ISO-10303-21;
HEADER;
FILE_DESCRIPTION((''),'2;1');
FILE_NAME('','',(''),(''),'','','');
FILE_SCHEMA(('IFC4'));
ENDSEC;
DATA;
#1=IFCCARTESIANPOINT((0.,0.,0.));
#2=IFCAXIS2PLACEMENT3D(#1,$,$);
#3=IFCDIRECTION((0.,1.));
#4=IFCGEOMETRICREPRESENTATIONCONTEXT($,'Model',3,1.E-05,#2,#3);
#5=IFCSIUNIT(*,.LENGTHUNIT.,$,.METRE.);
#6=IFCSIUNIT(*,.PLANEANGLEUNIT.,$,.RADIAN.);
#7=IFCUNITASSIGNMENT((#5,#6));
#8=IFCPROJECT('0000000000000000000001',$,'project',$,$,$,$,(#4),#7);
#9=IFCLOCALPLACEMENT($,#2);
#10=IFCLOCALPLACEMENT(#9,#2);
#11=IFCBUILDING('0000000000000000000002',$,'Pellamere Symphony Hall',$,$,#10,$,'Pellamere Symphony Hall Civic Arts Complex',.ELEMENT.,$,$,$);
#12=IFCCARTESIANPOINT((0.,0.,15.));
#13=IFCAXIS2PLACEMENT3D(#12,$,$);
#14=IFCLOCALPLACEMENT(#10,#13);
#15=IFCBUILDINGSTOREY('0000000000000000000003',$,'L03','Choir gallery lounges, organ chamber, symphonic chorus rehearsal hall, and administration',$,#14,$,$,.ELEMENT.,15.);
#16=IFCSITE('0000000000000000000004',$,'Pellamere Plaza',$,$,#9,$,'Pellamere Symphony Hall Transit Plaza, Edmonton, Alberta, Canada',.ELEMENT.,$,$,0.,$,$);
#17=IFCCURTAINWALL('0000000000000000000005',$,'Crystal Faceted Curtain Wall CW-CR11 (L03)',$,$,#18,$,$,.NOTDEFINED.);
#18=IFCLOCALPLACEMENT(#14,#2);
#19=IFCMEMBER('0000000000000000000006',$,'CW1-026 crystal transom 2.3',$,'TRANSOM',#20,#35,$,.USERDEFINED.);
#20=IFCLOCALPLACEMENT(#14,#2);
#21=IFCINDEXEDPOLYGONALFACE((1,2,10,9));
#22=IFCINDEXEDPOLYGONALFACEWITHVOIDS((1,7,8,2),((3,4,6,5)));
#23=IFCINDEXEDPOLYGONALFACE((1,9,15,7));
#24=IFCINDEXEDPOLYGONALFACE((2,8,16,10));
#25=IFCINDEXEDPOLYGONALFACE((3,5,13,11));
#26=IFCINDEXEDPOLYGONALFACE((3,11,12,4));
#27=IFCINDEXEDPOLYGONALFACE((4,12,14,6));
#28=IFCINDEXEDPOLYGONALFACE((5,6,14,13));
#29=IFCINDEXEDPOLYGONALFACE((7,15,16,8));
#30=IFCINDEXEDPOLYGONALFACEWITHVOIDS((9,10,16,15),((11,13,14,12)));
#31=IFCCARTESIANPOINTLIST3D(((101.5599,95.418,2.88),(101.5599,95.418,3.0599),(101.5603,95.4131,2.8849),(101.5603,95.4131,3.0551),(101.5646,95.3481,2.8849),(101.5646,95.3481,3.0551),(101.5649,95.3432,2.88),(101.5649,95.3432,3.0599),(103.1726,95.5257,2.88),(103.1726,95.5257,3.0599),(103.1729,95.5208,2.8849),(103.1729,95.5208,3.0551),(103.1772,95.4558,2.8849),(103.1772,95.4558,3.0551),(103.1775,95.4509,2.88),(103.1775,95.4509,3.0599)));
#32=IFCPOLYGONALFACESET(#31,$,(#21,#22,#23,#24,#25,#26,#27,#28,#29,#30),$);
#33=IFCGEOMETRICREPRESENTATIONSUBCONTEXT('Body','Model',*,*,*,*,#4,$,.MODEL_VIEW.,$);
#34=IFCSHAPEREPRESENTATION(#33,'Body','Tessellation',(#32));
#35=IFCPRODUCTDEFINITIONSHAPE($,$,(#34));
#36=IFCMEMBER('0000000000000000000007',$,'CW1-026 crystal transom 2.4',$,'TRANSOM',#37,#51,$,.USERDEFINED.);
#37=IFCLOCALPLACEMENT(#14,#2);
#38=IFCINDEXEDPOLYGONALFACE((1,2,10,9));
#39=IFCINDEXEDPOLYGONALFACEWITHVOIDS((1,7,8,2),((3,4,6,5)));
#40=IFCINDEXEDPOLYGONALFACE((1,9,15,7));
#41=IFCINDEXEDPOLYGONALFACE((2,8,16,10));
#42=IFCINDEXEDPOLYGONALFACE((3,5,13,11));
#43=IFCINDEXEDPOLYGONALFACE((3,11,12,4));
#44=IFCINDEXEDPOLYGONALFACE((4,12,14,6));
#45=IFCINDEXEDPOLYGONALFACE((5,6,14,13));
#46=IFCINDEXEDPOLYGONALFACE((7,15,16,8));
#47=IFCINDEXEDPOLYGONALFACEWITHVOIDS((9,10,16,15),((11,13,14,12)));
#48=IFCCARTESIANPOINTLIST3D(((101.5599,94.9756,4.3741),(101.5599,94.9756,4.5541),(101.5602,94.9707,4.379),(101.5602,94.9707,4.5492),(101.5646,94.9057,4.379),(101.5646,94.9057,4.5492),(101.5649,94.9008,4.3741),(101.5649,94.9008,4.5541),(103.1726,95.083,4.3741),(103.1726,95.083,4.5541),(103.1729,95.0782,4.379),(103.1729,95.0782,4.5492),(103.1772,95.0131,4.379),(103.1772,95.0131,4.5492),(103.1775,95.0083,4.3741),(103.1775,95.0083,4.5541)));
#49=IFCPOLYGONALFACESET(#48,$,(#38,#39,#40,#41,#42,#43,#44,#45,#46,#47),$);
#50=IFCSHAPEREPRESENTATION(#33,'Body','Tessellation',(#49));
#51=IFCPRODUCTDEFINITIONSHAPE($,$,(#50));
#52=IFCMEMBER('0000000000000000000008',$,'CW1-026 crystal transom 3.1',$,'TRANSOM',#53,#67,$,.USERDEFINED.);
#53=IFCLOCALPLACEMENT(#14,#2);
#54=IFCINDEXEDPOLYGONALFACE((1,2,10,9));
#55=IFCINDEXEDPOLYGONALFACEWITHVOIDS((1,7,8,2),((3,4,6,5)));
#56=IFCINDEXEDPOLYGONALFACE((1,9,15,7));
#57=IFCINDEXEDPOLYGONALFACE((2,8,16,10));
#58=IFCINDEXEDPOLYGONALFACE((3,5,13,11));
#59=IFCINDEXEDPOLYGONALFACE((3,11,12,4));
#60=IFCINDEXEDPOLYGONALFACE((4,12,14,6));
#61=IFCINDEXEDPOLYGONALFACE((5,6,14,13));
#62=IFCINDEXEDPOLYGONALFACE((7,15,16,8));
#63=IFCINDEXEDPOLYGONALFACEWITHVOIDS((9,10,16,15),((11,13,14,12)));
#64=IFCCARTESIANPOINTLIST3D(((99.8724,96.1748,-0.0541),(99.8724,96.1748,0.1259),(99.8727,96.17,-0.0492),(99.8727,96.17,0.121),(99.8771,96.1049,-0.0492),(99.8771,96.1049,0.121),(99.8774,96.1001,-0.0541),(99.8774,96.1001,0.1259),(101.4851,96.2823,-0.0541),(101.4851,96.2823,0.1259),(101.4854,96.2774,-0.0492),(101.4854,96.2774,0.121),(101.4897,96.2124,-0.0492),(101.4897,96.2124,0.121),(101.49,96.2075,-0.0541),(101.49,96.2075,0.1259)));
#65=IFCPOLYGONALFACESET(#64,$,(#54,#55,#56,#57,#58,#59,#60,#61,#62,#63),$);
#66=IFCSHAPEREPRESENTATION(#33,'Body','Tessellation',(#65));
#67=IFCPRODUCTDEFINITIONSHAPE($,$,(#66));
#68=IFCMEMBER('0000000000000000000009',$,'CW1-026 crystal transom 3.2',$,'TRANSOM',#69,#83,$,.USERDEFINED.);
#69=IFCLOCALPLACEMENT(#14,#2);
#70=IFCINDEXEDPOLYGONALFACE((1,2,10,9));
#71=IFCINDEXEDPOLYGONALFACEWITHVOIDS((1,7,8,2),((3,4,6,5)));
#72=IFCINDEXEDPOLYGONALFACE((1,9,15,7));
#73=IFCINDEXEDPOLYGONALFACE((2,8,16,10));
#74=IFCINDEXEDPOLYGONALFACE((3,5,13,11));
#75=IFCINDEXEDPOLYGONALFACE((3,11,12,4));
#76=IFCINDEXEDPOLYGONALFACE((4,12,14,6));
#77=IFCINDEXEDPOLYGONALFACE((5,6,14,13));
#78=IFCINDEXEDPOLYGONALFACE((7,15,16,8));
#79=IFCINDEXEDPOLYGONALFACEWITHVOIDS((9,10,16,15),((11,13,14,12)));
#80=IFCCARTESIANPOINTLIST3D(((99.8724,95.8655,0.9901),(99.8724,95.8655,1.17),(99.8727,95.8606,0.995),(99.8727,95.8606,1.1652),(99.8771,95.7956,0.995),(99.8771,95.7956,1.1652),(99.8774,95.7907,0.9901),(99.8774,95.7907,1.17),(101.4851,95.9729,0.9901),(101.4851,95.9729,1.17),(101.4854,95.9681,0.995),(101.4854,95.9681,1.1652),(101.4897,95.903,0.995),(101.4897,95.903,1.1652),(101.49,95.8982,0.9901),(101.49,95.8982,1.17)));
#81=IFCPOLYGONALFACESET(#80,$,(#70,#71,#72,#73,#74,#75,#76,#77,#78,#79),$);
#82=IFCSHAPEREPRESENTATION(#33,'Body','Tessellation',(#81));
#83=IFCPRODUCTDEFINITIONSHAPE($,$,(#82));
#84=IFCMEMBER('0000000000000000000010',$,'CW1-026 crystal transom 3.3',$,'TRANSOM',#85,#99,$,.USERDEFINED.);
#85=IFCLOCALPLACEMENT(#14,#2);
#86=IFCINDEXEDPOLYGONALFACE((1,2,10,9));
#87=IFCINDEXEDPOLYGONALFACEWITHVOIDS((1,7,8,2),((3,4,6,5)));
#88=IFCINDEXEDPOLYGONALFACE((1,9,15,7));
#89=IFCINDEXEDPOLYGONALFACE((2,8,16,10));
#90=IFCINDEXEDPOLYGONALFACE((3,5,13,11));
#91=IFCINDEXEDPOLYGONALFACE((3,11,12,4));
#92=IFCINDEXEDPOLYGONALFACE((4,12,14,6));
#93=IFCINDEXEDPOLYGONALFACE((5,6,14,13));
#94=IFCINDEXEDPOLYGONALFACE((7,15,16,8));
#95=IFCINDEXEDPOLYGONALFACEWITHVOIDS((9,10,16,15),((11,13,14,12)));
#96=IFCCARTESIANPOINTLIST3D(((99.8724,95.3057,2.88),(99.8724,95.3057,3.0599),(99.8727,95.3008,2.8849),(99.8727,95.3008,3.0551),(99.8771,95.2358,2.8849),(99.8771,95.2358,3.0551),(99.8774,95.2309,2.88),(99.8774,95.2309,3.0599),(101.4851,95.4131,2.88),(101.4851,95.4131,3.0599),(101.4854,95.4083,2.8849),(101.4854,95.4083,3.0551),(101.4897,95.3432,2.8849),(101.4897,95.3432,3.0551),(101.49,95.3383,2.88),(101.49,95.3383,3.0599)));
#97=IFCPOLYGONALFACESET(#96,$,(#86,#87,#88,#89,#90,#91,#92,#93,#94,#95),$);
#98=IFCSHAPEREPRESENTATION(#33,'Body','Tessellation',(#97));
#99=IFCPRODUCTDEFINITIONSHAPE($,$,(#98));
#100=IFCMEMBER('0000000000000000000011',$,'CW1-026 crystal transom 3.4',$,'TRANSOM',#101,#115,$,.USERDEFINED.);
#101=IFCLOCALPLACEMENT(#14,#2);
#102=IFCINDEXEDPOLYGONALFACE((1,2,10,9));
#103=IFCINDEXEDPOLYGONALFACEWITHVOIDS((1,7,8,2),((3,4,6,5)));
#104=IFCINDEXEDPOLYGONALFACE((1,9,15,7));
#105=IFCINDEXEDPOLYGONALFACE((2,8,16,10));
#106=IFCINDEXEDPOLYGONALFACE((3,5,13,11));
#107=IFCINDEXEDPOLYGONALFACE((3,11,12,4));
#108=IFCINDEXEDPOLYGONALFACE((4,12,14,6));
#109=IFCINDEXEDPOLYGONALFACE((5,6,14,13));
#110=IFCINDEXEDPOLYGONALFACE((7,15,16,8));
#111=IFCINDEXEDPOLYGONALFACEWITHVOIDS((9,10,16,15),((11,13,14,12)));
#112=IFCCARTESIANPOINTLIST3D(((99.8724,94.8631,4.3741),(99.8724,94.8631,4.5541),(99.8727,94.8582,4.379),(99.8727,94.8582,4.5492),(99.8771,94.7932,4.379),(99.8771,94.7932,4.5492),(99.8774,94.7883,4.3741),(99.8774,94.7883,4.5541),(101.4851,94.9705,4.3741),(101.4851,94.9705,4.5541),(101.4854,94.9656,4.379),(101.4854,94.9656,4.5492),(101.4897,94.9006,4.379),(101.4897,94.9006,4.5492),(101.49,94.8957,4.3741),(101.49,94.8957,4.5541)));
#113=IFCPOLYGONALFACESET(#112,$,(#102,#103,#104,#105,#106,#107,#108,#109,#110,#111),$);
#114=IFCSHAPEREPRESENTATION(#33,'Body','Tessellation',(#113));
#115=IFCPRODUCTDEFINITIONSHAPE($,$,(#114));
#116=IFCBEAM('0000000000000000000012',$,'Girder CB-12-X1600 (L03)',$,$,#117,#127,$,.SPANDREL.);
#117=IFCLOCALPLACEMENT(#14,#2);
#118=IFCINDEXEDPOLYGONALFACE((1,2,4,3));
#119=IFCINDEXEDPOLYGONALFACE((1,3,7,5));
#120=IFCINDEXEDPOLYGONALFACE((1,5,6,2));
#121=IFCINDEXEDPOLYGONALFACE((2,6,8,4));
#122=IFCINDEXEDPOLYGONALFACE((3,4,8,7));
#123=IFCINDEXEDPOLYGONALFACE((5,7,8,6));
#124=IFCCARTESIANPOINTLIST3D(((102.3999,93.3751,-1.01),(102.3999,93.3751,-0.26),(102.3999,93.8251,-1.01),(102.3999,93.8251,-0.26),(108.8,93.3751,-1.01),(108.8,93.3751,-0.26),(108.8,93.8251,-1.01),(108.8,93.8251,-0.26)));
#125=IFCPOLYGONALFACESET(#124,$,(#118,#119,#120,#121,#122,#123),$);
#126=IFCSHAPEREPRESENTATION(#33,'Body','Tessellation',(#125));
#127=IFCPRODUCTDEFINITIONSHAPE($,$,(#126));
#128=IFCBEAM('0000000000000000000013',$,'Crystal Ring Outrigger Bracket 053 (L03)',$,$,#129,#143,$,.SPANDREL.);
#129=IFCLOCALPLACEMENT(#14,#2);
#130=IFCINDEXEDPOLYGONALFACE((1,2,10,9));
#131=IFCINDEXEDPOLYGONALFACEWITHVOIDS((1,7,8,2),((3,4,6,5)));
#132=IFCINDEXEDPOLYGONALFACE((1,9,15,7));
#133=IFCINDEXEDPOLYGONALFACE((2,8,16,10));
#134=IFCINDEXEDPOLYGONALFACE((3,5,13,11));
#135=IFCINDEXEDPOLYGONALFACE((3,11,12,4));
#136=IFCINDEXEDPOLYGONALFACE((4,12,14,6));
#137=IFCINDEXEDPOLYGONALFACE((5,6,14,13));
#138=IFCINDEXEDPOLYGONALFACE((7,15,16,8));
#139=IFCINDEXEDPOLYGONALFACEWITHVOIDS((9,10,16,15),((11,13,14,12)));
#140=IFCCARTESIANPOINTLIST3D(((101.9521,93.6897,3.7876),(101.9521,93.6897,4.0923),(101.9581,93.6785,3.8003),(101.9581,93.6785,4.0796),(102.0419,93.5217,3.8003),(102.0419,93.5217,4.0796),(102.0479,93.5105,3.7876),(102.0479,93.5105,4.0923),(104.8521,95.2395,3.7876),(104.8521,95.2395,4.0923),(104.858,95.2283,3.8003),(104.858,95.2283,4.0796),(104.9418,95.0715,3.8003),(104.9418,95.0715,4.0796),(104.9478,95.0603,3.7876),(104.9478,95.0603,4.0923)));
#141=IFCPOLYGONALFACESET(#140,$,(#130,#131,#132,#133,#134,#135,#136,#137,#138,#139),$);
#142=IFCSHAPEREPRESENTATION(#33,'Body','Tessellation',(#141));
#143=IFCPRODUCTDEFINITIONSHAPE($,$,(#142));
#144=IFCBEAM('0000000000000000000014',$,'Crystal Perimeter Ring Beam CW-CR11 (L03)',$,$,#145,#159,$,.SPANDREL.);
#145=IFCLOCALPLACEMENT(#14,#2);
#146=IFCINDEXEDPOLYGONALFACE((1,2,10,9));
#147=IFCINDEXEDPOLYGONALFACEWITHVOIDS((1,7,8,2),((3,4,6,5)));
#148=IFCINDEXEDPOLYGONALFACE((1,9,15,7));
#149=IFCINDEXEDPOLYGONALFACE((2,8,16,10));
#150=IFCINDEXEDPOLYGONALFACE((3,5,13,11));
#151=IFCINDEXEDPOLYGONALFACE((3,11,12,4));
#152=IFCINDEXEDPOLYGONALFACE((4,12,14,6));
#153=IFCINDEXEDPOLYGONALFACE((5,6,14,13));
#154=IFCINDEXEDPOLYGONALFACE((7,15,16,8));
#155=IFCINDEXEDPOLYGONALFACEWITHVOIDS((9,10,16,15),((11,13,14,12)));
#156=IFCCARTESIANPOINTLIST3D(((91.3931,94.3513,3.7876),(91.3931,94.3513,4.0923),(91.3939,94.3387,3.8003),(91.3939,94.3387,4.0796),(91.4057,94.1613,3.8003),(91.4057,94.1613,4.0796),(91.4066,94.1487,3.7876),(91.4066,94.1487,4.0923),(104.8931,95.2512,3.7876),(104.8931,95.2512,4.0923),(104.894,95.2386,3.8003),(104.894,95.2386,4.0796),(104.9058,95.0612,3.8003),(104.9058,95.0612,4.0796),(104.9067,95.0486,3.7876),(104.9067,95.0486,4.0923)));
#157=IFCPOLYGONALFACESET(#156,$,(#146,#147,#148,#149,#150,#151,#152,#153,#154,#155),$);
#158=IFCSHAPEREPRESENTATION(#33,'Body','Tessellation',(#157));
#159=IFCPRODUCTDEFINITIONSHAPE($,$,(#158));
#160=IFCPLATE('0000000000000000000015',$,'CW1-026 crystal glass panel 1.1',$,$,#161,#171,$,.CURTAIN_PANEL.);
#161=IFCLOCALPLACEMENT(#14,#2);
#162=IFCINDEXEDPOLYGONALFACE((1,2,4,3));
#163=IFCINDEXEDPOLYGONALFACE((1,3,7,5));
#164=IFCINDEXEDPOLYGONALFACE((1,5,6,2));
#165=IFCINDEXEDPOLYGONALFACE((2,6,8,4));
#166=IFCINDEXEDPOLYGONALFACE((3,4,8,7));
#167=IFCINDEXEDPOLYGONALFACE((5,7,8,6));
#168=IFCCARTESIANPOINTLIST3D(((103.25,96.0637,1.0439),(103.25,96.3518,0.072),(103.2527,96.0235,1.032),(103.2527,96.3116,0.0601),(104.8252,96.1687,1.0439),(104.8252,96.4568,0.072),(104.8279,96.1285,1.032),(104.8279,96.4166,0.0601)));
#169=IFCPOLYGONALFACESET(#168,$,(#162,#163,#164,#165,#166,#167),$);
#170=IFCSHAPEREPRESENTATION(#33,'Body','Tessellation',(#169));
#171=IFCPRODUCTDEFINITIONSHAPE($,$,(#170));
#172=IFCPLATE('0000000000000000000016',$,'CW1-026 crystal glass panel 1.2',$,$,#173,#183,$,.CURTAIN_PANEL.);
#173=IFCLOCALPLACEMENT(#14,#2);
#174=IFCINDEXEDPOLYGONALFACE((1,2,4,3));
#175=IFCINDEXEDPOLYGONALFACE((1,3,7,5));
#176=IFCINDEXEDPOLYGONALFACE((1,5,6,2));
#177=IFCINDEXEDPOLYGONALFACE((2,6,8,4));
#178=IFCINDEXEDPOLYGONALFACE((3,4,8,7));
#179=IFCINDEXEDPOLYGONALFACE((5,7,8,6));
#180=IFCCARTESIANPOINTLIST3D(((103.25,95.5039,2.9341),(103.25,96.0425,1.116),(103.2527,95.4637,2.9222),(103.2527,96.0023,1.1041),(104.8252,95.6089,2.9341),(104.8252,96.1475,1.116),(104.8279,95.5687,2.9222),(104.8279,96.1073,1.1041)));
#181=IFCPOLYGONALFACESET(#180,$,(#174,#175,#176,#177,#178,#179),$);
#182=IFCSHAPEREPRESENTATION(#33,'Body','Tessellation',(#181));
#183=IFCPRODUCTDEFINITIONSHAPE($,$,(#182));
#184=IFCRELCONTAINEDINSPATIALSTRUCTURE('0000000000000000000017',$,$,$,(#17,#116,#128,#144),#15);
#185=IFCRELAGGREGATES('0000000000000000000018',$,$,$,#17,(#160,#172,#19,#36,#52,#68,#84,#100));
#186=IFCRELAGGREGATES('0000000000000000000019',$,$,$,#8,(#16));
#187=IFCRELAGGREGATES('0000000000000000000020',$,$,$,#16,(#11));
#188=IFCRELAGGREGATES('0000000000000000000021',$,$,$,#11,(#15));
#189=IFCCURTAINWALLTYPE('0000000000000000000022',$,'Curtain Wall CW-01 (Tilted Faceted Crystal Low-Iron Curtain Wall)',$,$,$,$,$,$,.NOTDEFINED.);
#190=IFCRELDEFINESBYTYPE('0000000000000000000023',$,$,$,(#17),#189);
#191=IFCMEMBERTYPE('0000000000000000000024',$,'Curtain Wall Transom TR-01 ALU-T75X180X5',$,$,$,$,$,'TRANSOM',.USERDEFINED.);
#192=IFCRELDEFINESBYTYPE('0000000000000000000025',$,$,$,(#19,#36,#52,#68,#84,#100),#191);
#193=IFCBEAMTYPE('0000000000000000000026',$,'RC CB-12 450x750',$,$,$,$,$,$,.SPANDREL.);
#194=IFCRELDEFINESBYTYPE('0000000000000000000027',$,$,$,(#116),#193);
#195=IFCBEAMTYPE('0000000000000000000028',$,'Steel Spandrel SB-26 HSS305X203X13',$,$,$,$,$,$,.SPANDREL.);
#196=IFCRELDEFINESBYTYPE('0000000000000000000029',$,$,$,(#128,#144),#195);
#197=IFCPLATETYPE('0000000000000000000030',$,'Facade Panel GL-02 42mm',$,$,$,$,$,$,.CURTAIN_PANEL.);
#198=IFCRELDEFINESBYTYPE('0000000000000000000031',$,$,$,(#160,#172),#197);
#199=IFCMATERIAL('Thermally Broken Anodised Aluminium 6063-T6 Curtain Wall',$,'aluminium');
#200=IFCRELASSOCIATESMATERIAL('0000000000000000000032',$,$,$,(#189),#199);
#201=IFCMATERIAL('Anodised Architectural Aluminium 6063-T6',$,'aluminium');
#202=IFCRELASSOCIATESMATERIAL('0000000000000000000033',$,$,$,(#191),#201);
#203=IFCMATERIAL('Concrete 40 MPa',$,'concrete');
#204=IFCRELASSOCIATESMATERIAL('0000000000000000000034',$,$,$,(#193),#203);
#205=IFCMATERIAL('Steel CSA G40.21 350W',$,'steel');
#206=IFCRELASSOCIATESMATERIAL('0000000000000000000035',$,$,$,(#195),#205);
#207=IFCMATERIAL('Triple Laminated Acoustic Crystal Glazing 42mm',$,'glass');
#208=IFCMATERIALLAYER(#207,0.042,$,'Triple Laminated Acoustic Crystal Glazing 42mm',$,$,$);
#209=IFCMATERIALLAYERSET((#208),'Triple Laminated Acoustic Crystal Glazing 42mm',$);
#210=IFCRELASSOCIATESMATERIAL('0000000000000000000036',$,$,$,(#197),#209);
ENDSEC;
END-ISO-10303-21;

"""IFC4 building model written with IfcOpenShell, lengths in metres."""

from ifc_helpers import new_model, si_unit, direction, frame, origin, origin_2d, place, context, subcontext, project, spatial, polyline, rectangle, hollow_rectangle, outline, extrude, material, layer, layer_set, material_profile, profile_set, type_object, element, aggregate, save


model = new_model("IFC4")

# Units and contexts
model_context = context("Model", 3, precision=1e-05, world=origin(), true_north=direction((0.0, 1.0)))
body_context = subcontext(model_context, "Body", "Model", "MODEL_VIEW")
ifc_project = project(units=[si_unit("LENGTHUNIT", "METRE"), si_unit("PLANEANGLEUNIT", "RADIAN")], contexts=[model_context])

# Site, building, storey
site_placement = place(None, origin())
site = spatial("IfcSite", under=ifc_project, at=site_placement, Name="Pellamere Plaza", LongName="Pellamere Symphony Hall Transit Plaza, Edmonton, Alberta, Canada", CompositionType="ELEMENT", RefElevation=0.0)
building_placement = place(site_placement, origin())
building = spatial("IfcBuilding", under=site, at=building_placement, Name="Pellamere Symphony Hall", LongName="Pellamere Symphony Hall Civic Arts Complex", CompositionType="ELEMENT")
storey_placement = place(building_placement, frame((0.0, 0.0, 15.0)))
storey = spatial("IfcBuildingStorey", under=building, at=storey_placement, Name="L03", Description="Choir gallery lounges, organ chamber, symphonic chorus rehearsal hall, and administration", CompositionType="ELEMENT", Elevation=15.0)

# Shared definitions
ifc_material_1 = material(Name="Concrete 40 MPa", Category="concrete")

# Curtain wall, members
ifc_material_2 = material(Name="Thermally Broken Anodised Aluminium 6063-T6 Curtain Wall", Category="aluminium")
curtain_wall_type = type_object("IfcCurtainWallType", Name="Curtain Wall CW-01 (Tilted Faceted Crystal Low-Iron Curtain Wall)", PredefinedType="NOTDEFINED", material=ifc_material_2)
curtain_wall_placement = place(storey_placement, origin())
curtain_wall = element("IfcCurtainWall", 1, at=curtain_wall_placement, inside=storey, type_object=curtain_wall_type, Name="Crystal Faceted Curtain Wall CW-CR11 (L03)", PredefinedType="NOTDEFINED")
ifc_material_3 = material(Name="Anodised Architectural Aluminium 6063-T6", Category="aluminium")
ifc_material_profile_1 = material_profile(ifc_material_3, hollow_rectangle(XDim=0.075, YDim=0.1799, WallThickness=0.0049, at=origin_2d()), Name="ALU-T75X180X5")
ifc_profile_set_1 = profile_set([ifc_material_profile_1], Name="Anodised Architectural Aluminium 6063-T6")
member_type_1 = type_object("IfcMemberType", Name="Curtain Wall Transom TR-01 ALU-T75X180X5", ElementType="TRANSOM", PredefinedType="USERDEFINED", material=ifc_profile_set_1)
member_1_placement = place(storey_placement, frame((103.175, 95.4883, 2.97), z_axis=(-0.997778, -0.066619, 0.0), x_axis=(0.066619, -0.997778, 0.0)))
member_1 = element("IfcMember", 2, at=member_1_placement, type_object=member_type_1, Name="CW1-026 crystal transom 2.3", ObjectType="TRANSOM", PredefinedType="USERDEFINED", context=body_context, shape_type="SweptSolid", body=[
    extrude(hollow_rectangle(XDim=0.075, YDim=0.1799, WallThickness=0.0049, at=origin_2d()), origin(), (0.0, 0.0, 1.0), 1.6162),
])
member_2_placement = place(storey_placement, frame((103.175, 95.0457, 4.4641), z_axis=(-0.997788, -0.066469, 0.0), x_axis=(0.066469, -0.997788, 0.0)))
member_2 = element("IfcMember", 3, at=member_2_placement, type_object=member_type_1, Name="CW1-026 crystal transom 2.4", ObjectType="TRANSOM", PredefinedType="USERDEFINED", context=body_context, shape_type="SweptSolid", body=[
    extrude(hollow_rectangle(XDim=0.075, YDim=0.1799, WallThickness=0.0049, at=origin_2d()), origin(), (0.0, 0.0, 1.0), 1.6162),
])
member_3_placement = place(storey_placement, frame((101.4875, 96.2449, 0.0359), z_axis=(-0.997788, -0.066469, 0.0), x_axis=(0.066469, -0.997788, 0.0)))
member_3 = element("IfcMember", 4, at=member_3_placement, type_object=member_type_1, Name="CW1-026 crystal transom 3.1", ObjectType="TRANSOM", PredefinedType="USERDEFINED", context=body_context, shape_type="SweptSolid", body=[
    extrude(hollow_rectangle(XDim=0.075, YDim=0.1799, WallThickness=0.0049, at=origin_2d()), origin(), (0.0, 0.0, 1.0), 1.6162),
])
member_4_placement = place(storey_placement, frame((101.4875, 95.9355, 1.0801), z_axis=(-0.997788, -0.066469, 0.0), x_axis=(0.066469, -0.997788, 0.0)))
member_4 = element("IfcMember", 5, at=member_4_placement, type_object=member_type_1, Name="CW1-026 crystal transom 3.2", ObjectType="TRANSOM", PredefinedType="USERDEFINED", context=body_context, shape_type="SweptSolid", body=[
    extrude(hollow_rectangle(XDim=0.075, YDim=0.1799, WallThickness=0.0049, at=origin_2d()), origin(), (0.0, 0.0, 1.0), 1.6162),
])
member_5_placement = place(storey_placement, frame((101.4875, 95.3757, 2.97), z_axis=(-0.997788, -0.066469, 0.0), x_axis=(0.066469, -0.997788, 0.0)))
member_5 = element("IfcMember", 6, at=member_5_placement, type_object=member_type_1, Name="CW1-026 crystal transom 3.3", ObjectType="TRANSOM", PredefinedType="USERDEFINED", context=body_context, shape_type="SweptSolid", body=[
    extrude(hollow_rectangle(XDim=0.075, YDim=0.1799, WallThickness=0.0049, at=origin_2d()), origin(), (0.0, 0.0, 1.0), 1.6162),
])
member_6_placement = place(storey_placement, frame((101.4875, 94.9331, 4.4641), z_axis=(-0.997788, -0.066469, 0.0), x_axis=(0.066469, -0.997788, 0.0)))
member_6 = element("IfcMember", 7, at=member_6_placement, type_object=member_type_1, Name="CW1-026 crystal transom 3.4", ObjectType="TRANSOM", PredefinedType="USERDEFINED", context=body_context, shape_type="SweptSolid", body=[
    extrude(hollow_rectangle(XDim=0.075, YDim=0.1799, WallThickness=0.0049, at=origin_2d()), origin(), (0.0, 0.0, 1.0), 1.6162),
])

# Beams
ifc_material_profile_2 = material_profile(ifc_material_1, rectangle(XDim=0.45, YDim=0.75, at=origin_2d()), Name="RC 450x750")
ifc_profile_set_2 = profile_set([ifc_material_profile_2], Name="Concrete 40 MPa")
beam_type_1 = type_object("IfcBeamType", Name="RC CB-12 450x750", PredefinedType="SPANDREL", material=ifc_profile_set_2)
beam_1_placement = place(storey_placement, frame((102.3999, 93.6001, -0.635), z_axis=(1.0, 0.0, 0.0), x_axis=(0.0, 1.0, 0.0)))
element("IfcBeam", 8, at=beam_1_placement, inside=storey, type_object=beam_type_1, Name="Girder CB-12-X1600 (L03)", PredefinedType="SPANDREL", context=body_context, shape_type="SweptSolid", body=[
    extrude(rectangle(XDim=0.45, YDim=0.75, at=origin_2d()), origin(), (0.0, 0.0, 1.0), 6.4001),
])
ifc_material_4 = material(Name="Steel CSA G40.21 350W", Category="steel")
ifc_material_profile_3 = material_profile(ifc_material_4, hollow_rectangle(XDim=0.2031, YDim=0.3047, WallThickness=0.0127, at=origin_2d()), Name="HSS305X203X13")
ifc_profile_set_3 = profile_set([ifc_material_profile_3], Name="Steel CSA G40.21 350W")
beam_type_2 = type_object("IfcBeamType", Name="Steel Spandrel SB-26 HSS305X203X13", PredefinedType="SPANDREL", material=ifc_profile_set_3)
beam_2_placement = place(storey_placement, frame((102.0, 93.6001, 3.9399), z_axis=(0.88195, 0.471343, 0.0), x_axis=(-0.471343, 0.88195, 0.0)))
element("IfcBeam", 9, at=beam_2_placement, inside=storey, type_object=beam_type_2, Name="Crystal Ring Outrigger Bracket 053 (L03)", PredefinedType="SPANDREL", context=body_context, shape_type="SweptSolid", body=[
    extrude(hollow_rectangle(XDim=0.2031, YDim=0.3047, WallThickness=0.0127, at=origin_2d()), origin(), (0.0, 0.0, 1.0), 3.2881),
])
beam_3_placement = place(storey_placement, frame((104.8999, 95.1499, 3.9399), z_axis=(-0.997786, -0.066512, 0.0), x_axis=(0.066512, -0.997786, 0.0)))
element("IfcBeam", 10, at=beam_3_placement, inside=storey, type_object=beam_type_2, Name="Crystal Perimeter Ring Beam CW-CR11 (L03)", PredefinedType="SPANDREL", context=body_context, shape_type="SweptSolid", body=[
    extrude(hollow_rectangle(XDim=0.2031, YDim=0.3047, WallThickness=0.0127, at=origin_2d()), origin(), (0.0, 0.0, 1.0), 13.53),
])

# Plates
ifc_material_5 = material(Name="Triple Laminated Acoustic Crystal Glazing 42mm", Category="glass")
ifc_layer_1 = layer(ifc_material_5, 0.042, Name="Triple Laminated Acoustic Crystal Glazing 42mm")
ifc_layer_set_1 = layer_set([ifc_layer_1], Name="Triple Laminated Acoustic Crystal Glazing 42mm")
plate_type_1 = type_object("IfcPlateType", Name="Facade Panel GL-02 42mm", PredefinedType="CURTAIN_PANEL", material=ifc_layer_set_1)
plate_1_placement = place(storey_placement, frame((104.8252, 96.4568, 0.072), z_axis=(-0.063768, 0.956818, 0.283608), x_axis=(-0.997787, -0.066498, 0.0)))
plate_1 = element("IfcPlate", 11, at=plate_1_placement, type_object=plate_type_1, Name="CW1-026 crystal glass panel 1.1", PredefinedType="CURTAIN_PANEL", context=body_context, shape_type="SweptSolid", body=[
    extrude(outline(polyline([(0.0, 0.0), (1.5787, 0.0), (1.5978, 1.0135), (0.0192, 1.0135), (0.0, 0.0)])), origin(), (0.0, 0.0, -1.0), 0.042),
])
plate_2_placement = place(storey_placement, frame((104.8252, 96.1475, 1.116), z_axis=(-0.063771, 0.956865, 0.283449), x_axis=(-0.997787, -0.066498, 0.0)))
plate_2 = element("IfcPlate", 12, at=plate_2_placement, type_object=plate_type_1, Name="CW1-026 crystal glass panel 1.2", PredefinedType="CURTAIN_PANEL", context=body_context, shape_type="SweptSolid", body=[
    extrude(outline(polyline([(0.0, 0.0), (1.5787, 0.0), (1.6145, 1.8959), (0.0358, 1.8959), (0.0, 0.0)])), origin(), (0.0, 0.0, -1.0), 0.042),
])
aggregate(curtain_wall, [plate_1, plate_2, member_1, member_2, member_3, member_4, member_5, member_6])

save(model, "model.ifc")
